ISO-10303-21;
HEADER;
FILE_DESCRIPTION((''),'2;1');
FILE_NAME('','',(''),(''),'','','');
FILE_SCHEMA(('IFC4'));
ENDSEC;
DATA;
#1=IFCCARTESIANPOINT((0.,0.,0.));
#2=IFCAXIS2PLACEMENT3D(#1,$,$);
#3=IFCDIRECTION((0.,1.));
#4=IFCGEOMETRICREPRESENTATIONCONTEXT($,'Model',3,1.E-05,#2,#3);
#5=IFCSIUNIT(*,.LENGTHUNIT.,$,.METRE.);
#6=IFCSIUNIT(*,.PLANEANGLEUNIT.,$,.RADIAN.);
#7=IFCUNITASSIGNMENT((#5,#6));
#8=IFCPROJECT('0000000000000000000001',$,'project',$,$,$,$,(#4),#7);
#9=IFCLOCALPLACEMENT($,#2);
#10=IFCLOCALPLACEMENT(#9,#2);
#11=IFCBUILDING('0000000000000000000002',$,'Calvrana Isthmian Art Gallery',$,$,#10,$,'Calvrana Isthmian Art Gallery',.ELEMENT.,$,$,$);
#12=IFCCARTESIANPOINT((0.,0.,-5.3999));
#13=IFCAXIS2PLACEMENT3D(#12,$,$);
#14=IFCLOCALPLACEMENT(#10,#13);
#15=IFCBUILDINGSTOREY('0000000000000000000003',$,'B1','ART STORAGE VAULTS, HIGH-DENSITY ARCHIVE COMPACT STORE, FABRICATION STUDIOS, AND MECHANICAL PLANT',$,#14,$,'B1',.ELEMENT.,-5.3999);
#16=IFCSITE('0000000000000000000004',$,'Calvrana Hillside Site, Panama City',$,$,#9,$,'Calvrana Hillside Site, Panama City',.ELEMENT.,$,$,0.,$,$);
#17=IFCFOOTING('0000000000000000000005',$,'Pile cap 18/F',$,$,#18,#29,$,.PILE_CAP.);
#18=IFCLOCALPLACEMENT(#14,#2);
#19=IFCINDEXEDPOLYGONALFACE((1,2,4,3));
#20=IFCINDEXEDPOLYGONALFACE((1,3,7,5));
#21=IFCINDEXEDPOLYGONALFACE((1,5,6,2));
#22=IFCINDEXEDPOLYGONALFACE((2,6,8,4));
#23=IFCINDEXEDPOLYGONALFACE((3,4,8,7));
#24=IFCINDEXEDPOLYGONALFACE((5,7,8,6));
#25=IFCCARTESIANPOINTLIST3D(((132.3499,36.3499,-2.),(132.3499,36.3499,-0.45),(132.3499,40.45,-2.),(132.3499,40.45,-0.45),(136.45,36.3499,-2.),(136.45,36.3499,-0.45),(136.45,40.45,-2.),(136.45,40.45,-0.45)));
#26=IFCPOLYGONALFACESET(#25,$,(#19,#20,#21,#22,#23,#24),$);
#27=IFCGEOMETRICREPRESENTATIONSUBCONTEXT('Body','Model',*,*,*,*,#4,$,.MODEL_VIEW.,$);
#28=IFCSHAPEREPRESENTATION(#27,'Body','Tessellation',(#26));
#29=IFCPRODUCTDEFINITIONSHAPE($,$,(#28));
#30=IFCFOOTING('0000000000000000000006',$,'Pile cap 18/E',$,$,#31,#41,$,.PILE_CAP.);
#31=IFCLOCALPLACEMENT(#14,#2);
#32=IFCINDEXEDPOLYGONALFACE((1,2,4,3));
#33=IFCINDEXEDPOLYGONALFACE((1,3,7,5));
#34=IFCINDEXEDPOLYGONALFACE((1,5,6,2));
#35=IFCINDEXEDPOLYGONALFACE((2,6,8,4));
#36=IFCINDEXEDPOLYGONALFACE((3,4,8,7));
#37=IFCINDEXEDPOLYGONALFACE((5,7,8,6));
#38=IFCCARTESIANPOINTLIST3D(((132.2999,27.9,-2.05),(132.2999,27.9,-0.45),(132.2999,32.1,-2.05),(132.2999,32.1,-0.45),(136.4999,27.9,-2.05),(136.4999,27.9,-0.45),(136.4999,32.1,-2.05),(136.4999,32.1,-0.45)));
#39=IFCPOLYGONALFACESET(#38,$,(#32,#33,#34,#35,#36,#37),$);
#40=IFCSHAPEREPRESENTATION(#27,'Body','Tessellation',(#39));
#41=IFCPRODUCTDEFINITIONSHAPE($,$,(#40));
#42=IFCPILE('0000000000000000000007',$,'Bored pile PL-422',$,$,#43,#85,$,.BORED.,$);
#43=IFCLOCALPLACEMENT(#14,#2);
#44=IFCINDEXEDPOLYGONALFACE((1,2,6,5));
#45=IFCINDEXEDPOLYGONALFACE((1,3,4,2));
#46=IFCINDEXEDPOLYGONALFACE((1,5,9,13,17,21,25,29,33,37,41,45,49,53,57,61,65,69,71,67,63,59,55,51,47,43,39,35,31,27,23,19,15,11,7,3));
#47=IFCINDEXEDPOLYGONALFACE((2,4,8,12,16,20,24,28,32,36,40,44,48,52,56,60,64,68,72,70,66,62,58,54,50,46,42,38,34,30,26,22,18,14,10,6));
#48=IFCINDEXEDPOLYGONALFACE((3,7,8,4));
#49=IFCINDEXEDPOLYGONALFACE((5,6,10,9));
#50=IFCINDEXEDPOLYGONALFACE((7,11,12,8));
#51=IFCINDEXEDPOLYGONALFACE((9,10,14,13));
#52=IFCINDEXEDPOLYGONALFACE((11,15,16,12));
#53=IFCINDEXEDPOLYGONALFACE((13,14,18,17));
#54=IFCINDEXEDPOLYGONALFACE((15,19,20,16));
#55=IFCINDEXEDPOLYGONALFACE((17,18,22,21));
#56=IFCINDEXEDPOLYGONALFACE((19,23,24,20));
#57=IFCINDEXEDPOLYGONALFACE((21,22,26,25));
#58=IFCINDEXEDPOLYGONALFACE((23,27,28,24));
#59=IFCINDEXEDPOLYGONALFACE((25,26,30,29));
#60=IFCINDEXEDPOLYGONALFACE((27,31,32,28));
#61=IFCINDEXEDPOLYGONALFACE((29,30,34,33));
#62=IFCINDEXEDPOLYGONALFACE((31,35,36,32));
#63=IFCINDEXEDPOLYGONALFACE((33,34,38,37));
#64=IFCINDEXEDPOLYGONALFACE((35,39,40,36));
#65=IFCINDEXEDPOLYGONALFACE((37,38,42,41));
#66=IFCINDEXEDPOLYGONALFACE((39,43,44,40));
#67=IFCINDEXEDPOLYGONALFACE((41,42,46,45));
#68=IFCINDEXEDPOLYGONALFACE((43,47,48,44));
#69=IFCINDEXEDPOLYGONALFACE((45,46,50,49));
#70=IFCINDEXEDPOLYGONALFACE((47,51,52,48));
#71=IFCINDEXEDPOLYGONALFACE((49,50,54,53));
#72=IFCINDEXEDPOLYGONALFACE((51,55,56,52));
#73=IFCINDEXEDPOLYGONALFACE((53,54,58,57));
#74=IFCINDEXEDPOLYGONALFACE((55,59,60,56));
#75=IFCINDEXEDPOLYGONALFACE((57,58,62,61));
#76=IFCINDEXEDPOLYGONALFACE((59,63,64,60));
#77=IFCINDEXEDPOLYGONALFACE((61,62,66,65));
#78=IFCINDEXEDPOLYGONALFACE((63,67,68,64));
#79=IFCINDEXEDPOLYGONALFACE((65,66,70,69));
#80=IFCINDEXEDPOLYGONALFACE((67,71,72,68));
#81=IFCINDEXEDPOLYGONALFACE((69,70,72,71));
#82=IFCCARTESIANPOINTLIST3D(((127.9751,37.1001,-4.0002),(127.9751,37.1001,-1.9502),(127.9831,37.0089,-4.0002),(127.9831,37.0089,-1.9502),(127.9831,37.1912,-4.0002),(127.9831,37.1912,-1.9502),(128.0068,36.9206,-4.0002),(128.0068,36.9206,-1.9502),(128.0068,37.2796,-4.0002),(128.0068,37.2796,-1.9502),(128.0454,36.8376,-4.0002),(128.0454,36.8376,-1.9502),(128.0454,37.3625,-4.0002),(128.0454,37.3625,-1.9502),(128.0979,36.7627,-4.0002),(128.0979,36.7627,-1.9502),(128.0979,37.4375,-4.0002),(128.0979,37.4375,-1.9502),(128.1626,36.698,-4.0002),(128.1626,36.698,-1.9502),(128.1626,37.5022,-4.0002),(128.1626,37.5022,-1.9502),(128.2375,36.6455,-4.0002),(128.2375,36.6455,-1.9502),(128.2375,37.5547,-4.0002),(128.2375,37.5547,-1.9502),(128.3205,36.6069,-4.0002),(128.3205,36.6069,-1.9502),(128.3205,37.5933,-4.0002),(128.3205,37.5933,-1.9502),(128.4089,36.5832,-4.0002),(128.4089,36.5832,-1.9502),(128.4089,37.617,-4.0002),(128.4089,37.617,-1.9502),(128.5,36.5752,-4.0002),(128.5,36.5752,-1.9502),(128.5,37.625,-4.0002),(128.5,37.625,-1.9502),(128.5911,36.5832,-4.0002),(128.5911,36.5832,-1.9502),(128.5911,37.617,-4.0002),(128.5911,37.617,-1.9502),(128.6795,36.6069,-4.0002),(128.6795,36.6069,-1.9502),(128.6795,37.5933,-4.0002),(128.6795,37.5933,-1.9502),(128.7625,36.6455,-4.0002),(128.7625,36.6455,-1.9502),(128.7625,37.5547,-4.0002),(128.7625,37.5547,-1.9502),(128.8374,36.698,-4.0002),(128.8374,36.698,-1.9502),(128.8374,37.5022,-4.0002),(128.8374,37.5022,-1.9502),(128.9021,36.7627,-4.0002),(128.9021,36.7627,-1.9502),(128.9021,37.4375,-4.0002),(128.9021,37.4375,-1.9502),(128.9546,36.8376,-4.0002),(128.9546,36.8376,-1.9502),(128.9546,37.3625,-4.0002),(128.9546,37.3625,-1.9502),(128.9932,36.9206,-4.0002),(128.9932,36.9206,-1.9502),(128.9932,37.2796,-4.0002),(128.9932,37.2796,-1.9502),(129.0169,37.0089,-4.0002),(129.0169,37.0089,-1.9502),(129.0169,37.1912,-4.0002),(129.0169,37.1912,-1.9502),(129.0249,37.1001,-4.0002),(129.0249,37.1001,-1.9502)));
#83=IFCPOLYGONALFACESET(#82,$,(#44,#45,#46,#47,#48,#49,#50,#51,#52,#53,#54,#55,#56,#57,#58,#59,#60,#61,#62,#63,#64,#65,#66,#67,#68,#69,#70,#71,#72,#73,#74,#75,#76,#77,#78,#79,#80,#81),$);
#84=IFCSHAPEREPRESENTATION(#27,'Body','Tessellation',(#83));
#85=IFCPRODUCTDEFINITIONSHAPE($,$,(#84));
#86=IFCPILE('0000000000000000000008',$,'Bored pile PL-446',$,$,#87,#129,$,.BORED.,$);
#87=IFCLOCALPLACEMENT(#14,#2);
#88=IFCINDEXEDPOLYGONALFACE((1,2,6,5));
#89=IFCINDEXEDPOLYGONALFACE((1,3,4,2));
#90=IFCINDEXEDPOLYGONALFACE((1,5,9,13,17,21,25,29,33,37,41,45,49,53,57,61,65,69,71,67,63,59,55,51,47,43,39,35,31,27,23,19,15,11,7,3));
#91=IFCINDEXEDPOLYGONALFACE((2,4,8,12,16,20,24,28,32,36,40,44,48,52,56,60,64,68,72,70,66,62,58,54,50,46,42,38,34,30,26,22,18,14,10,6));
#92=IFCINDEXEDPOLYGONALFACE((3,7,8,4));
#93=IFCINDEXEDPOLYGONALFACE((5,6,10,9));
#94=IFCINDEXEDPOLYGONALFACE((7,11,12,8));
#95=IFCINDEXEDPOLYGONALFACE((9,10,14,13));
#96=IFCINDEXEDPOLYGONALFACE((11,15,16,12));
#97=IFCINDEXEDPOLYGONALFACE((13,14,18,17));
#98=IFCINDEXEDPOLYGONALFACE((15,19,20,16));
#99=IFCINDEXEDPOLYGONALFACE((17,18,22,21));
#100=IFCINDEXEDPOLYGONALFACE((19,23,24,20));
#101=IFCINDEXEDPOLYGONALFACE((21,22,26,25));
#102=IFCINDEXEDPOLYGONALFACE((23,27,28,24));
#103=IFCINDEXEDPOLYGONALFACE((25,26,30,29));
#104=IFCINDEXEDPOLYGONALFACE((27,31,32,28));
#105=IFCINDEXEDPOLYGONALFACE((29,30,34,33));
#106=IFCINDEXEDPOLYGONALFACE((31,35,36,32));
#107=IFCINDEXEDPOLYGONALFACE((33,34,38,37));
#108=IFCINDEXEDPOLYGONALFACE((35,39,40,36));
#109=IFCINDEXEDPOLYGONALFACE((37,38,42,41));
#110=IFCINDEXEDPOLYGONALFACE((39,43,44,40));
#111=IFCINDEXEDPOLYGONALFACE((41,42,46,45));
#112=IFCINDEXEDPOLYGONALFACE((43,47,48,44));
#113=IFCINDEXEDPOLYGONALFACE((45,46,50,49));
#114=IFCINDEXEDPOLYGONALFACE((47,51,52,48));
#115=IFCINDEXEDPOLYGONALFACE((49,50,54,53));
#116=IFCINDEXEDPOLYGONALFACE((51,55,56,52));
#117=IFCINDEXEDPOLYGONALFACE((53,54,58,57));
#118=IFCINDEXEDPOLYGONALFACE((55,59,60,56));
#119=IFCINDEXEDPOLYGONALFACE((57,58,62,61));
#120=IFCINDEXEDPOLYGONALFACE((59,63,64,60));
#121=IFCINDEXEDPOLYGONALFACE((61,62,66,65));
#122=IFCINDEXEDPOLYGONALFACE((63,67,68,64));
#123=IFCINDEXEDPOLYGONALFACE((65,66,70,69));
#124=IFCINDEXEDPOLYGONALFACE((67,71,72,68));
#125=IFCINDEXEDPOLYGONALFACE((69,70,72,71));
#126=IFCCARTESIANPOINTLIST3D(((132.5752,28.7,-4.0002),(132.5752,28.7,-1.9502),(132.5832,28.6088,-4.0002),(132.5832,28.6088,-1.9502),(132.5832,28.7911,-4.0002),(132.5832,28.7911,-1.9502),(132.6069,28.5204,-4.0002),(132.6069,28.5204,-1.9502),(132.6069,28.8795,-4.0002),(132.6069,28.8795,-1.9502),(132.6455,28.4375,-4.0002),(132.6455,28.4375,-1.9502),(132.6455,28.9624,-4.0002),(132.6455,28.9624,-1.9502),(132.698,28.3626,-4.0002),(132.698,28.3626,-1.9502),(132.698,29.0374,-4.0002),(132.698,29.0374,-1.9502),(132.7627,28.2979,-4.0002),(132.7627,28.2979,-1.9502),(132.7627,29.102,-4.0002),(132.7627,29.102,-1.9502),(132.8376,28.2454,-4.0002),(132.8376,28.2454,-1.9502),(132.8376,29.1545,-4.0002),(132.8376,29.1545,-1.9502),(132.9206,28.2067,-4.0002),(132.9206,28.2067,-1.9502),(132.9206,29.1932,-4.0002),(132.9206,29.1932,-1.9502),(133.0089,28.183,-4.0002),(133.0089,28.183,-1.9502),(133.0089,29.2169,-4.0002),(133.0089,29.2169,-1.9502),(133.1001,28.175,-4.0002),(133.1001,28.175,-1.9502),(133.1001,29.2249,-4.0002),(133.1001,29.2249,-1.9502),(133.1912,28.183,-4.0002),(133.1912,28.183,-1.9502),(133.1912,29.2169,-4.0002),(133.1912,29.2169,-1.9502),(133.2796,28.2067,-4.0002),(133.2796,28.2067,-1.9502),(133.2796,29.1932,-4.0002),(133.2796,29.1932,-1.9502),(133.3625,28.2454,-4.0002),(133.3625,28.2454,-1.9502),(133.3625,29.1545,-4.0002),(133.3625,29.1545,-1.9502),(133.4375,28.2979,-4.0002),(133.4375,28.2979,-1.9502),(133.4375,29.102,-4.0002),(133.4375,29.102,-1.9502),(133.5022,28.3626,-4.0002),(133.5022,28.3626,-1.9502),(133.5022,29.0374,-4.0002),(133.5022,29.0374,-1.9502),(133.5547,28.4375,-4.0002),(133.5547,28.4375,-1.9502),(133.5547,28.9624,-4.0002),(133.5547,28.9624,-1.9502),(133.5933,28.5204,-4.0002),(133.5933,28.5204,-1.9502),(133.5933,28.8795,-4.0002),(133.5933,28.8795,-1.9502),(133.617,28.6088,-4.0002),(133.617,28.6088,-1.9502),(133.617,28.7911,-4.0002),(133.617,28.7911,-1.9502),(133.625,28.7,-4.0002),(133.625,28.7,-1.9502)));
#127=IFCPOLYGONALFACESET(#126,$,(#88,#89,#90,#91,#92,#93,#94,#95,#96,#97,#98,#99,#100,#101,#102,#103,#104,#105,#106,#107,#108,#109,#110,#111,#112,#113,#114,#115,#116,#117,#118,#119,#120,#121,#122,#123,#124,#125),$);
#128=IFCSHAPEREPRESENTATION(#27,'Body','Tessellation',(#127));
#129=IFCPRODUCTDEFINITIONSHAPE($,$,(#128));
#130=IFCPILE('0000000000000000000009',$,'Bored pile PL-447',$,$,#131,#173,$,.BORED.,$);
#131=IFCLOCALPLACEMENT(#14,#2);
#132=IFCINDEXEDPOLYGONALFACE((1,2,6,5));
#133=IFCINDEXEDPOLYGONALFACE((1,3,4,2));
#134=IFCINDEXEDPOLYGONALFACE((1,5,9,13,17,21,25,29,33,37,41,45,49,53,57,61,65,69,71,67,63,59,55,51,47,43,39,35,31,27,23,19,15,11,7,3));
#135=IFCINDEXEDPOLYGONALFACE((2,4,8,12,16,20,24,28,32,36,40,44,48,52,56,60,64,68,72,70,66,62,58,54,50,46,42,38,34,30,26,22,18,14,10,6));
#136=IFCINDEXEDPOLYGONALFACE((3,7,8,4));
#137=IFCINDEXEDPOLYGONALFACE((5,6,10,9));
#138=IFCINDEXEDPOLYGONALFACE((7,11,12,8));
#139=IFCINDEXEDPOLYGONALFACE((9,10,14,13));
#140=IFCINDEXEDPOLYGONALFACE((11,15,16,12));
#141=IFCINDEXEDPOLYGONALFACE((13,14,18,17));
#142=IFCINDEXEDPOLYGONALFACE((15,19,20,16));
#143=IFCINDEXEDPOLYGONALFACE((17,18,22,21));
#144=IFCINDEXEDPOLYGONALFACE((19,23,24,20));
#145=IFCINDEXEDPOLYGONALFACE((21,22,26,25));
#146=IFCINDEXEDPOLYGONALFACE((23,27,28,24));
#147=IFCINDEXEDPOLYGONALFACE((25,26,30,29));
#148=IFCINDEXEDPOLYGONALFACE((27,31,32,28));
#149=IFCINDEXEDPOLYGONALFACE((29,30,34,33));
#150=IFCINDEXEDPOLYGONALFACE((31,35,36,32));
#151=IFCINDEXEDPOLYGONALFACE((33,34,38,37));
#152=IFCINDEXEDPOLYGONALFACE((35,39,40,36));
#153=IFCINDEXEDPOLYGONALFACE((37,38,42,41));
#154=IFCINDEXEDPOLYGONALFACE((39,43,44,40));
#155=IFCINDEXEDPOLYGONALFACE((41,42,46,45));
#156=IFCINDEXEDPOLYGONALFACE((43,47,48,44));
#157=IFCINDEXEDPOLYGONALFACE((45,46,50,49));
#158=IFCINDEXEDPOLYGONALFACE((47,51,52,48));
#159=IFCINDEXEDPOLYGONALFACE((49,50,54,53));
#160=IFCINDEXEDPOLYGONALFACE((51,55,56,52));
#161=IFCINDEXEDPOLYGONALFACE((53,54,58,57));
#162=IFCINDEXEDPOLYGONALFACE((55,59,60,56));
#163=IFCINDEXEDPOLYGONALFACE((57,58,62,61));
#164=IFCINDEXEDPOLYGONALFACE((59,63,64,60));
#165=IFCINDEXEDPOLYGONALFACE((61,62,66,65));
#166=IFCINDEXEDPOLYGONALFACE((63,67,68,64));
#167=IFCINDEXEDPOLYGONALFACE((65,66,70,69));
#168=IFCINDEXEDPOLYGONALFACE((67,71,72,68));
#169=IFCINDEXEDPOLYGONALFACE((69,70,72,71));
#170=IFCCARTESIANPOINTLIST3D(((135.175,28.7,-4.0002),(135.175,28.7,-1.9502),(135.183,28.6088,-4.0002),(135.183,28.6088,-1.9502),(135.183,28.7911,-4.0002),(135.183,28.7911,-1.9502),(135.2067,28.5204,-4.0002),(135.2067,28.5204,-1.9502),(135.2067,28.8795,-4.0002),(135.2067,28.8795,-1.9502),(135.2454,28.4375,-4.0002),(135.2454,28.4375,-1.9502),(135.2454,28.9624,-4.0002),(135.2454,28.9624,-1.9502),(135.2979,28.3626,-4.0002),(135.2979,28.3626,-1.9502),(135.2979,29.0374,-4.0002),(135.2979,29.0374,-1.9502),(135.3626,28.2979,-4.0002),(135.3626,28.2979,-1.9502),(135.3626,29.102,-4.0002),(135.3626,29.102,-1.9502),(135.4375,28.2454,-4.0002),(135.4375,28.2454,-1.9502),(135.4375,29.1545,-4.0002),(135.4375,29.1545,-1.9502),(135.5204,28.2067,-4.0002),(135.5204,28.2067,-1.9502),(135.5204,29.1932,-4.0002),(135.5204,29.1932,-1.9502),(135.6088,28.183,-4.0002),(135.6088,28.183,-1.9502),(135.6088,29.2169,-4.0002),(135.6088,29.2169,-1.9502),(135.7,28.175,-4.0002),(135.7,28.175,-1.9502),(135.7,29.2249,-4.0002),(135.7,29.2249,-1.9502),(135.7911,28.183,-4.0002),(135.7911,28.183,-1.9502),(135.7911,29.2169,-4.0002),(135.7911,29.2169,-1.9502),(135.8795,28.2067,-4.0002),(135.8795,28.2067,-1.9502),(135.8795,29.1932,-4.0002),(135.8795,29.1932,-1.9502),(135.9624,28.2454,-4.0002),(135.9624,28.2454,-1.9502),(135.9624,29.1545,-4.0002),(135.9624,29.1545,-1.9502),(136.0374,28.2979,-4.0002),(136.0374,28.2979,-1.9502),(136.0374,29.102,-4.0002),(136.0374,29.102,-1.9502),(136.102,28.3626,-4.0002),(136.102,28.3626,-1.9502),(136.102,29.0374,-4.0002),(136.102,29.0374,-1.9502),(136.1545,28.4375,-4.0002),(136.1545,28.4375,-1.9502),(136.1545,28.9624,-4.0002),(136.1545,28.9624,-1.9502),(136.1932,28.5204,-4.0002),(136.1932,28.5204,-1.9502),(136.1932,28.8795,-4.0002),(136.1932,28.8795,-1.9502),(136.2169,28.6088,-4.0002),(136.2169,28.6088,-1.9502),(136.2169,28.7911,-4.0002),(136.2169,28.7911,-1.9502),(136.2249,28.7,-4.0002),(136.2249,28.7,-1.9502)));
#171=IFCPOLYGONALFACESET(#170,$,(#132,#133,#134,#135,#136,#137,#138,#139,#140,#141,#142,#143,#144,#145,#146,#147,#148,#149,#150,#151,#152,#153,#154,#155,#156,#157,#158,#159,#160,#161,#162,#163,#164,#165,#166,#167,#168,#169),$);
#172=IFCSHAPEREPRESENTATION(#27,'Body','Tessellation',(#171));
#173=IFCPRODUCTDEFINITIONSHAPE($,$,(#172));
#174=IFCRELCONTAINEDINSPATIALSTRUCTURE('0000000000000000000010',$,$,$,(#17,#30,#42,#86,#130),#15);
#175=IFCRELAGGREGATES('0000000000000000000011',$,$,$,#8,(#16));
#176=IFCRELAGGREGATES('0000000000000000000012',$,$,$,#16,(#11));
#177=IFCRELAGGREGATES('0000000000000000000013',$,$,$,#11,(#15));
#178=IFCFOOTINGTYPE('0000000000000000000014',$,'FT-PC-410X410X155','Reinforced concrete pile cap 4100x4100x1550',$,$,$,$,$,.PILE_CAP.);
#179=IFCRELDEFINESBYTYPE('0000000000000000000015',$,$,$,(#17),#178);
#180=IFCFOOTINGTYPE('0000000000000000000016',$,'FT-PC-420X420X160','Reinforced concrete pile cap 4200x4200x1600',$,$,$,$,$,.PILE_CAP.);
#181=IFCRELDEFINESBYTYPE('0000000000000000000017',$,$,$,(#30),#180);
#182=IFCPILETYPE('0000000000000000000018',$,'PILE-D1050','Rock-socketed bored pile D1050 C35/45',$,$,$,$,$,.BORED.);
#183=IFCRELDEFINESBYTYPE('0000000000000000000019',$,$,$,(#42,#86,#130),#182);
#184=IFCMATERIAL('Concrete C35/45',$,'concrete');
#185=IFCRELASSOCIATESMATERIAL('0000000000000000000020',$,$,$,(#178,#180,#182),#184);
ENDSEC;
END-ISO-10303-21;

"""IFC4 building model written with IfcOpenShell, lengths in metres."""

from ifc_helpers import new_model, si_unit, direction, frame, origin, origin_2d, place, context, subcontext, project, spatial, rectangle, circle, extrude, material, material_profile, profile_set, type_object, element, save


model = new_model("IFC4")

# Units and contexts
model_context = context("Model", 3, precision=1e-05, world=origin(), true_north=direction((0.0, 1.0)))
body_context = subcontext(model_context, "Body", "Model", "MODEL_VIEW")
ifc_project = project(units=[si_unit("LENGTHUNIT", "METRE"), si_unit("PLANEANGLEUNIT", "RADIAN")], contexts=[model_context])

# Site, building, storey
site_placement = place(None, origin())
site = spatial("IfcSite", under=ifc_project, at=site_placement, Name="Calvrana Hillside Site, Panama City", LongName="Calvrana Hillside Site, Panama City", CompositionType="ELEMENT", RefElevation=0.0)
building_placement = place(site_placement, origin())
building = spatial("IfcBuilding", under=site, at=building_placement, Name="Calvrana Isthmian Art Gallery", LongName="Calvrana Isthmian Art Gallery", CompositionType="ELEMENT")
storey_placement = place(building_placement, frame((0.0, 0.0, -5.3999)))
storey = spatial("IfcBuildingStorey", under=building, at=storey_placement, Name="B1", Description="ART STORAGE VAULTS, HIGH-DENSITY ARCHIVE COMPACT STORE, FABRICATION STUDIOS, AND MECHANICAL PLANT", LongName="B1", CompositionType="ELEMENT", Elevation=-5.3999)

# Footings
ifc_material_1 = material(Name="Concrete C35/45", Category="concrete")
footing_type_1 = type_object("IfcFootingType", Name="FT-PC-410X410X155", Description="Reinforced concrete pile cap 4100x4100x1550", PredefinedType="PILE_CAP", material=ifc_material_1)
footing_1_placement = place(storey_placement, frame((134.3999, 38.3999, -2.0), z_axis=(0.0, 0.0, 1.0), x_axis=(1.0, 0.0, 0.0)))
element("IfcFooting", 1, at=footing_1_placement, inside=storey, type_object=footing_type_1, Name="Pile cap 18/F", PredefinedType="PILE_CAP", context=body_context, shape_type="SweptSolid", body=[
    extrude(rectangle(XDim=4.1001, YDim=4.1001, at=origin_2d()), origin(), (0.0, 0.0, 1.0), 1.55),
])
footing_type_2 = type_object("IfcFootingType", Name="FT-PC-420X420X160", Description="Reinforced concrete pile cap 4200x4200x1600", PredefinedType="PILE_CAP", material=ifc_material_1)
footing_2_placement = place(storey_placement, frame((134.3999, 30.0, -2.05), z_axis=(0.0, 0.0, 1.0), x_axis=(1.0, 0.0, 0.0)))
element("IfcFooting", 2, at=footing_2_placement, inside=storey, type_object=footing_type_2, Name="Pile cap 18/E", PredefinedType="PILE_CAP", context=body_context, shape_type="SweptSolid", body=[
    extrude(rectangle(XDim=4.2, YDim=4.2, at=origin_2d()), origin(), (0.0, 0.0, 1.0), 1.6001),
])

# Piles
ifc_material_profile_1 = material_profile(ifc_material_1, circle(Radius=0.5249, at=origin_2d()), Name="PILE1050D")
ifc_profile_set_1 = profile_set([ifc_material_profile_1], Name="Concrete C35/45")
pile_type_1 = type_object("IfcPileType", Name="PILE-D1050", Description="Rock-socketed bored pile D1050 C35/45", PredefinedType="BORED", material=ifc_profile_set_1)
for number, where, z_axis, x_axis, name in (
    (3, (128.5, 37.1001, -1.9502), (0.0, 0.0, -1.0), (1.0, 0.0, 0.0), "Bored pile PL-422"),
    (4, (133.1001, 28.7, -1.9502), (0.0, 0.0, -1.0), (1.0, 0.0, 0.0), "Bored pile PL-446"),
    (5, (135.7, 28.7, -1.9502), (0.0, 0.0, -1.0), (1.0, 0.0, 0.0), "Bored pile PL-447"),
):
    element("IfcPile", number, at=place(storey_placement, frame(where, z_axis=z_axis, x_axis=x_axis)), inside=storey, type_object=pile_type_1, Name=name, PredefinedType="BORED", context=body_context, shape_type="SweptSolid", body=[
        extrude(circle(Radius=0.5249, at=origin_2d()), origin(), (0.0, 0.0, 1.0), 2.05),
    ])

save(model, "model.ifc")
